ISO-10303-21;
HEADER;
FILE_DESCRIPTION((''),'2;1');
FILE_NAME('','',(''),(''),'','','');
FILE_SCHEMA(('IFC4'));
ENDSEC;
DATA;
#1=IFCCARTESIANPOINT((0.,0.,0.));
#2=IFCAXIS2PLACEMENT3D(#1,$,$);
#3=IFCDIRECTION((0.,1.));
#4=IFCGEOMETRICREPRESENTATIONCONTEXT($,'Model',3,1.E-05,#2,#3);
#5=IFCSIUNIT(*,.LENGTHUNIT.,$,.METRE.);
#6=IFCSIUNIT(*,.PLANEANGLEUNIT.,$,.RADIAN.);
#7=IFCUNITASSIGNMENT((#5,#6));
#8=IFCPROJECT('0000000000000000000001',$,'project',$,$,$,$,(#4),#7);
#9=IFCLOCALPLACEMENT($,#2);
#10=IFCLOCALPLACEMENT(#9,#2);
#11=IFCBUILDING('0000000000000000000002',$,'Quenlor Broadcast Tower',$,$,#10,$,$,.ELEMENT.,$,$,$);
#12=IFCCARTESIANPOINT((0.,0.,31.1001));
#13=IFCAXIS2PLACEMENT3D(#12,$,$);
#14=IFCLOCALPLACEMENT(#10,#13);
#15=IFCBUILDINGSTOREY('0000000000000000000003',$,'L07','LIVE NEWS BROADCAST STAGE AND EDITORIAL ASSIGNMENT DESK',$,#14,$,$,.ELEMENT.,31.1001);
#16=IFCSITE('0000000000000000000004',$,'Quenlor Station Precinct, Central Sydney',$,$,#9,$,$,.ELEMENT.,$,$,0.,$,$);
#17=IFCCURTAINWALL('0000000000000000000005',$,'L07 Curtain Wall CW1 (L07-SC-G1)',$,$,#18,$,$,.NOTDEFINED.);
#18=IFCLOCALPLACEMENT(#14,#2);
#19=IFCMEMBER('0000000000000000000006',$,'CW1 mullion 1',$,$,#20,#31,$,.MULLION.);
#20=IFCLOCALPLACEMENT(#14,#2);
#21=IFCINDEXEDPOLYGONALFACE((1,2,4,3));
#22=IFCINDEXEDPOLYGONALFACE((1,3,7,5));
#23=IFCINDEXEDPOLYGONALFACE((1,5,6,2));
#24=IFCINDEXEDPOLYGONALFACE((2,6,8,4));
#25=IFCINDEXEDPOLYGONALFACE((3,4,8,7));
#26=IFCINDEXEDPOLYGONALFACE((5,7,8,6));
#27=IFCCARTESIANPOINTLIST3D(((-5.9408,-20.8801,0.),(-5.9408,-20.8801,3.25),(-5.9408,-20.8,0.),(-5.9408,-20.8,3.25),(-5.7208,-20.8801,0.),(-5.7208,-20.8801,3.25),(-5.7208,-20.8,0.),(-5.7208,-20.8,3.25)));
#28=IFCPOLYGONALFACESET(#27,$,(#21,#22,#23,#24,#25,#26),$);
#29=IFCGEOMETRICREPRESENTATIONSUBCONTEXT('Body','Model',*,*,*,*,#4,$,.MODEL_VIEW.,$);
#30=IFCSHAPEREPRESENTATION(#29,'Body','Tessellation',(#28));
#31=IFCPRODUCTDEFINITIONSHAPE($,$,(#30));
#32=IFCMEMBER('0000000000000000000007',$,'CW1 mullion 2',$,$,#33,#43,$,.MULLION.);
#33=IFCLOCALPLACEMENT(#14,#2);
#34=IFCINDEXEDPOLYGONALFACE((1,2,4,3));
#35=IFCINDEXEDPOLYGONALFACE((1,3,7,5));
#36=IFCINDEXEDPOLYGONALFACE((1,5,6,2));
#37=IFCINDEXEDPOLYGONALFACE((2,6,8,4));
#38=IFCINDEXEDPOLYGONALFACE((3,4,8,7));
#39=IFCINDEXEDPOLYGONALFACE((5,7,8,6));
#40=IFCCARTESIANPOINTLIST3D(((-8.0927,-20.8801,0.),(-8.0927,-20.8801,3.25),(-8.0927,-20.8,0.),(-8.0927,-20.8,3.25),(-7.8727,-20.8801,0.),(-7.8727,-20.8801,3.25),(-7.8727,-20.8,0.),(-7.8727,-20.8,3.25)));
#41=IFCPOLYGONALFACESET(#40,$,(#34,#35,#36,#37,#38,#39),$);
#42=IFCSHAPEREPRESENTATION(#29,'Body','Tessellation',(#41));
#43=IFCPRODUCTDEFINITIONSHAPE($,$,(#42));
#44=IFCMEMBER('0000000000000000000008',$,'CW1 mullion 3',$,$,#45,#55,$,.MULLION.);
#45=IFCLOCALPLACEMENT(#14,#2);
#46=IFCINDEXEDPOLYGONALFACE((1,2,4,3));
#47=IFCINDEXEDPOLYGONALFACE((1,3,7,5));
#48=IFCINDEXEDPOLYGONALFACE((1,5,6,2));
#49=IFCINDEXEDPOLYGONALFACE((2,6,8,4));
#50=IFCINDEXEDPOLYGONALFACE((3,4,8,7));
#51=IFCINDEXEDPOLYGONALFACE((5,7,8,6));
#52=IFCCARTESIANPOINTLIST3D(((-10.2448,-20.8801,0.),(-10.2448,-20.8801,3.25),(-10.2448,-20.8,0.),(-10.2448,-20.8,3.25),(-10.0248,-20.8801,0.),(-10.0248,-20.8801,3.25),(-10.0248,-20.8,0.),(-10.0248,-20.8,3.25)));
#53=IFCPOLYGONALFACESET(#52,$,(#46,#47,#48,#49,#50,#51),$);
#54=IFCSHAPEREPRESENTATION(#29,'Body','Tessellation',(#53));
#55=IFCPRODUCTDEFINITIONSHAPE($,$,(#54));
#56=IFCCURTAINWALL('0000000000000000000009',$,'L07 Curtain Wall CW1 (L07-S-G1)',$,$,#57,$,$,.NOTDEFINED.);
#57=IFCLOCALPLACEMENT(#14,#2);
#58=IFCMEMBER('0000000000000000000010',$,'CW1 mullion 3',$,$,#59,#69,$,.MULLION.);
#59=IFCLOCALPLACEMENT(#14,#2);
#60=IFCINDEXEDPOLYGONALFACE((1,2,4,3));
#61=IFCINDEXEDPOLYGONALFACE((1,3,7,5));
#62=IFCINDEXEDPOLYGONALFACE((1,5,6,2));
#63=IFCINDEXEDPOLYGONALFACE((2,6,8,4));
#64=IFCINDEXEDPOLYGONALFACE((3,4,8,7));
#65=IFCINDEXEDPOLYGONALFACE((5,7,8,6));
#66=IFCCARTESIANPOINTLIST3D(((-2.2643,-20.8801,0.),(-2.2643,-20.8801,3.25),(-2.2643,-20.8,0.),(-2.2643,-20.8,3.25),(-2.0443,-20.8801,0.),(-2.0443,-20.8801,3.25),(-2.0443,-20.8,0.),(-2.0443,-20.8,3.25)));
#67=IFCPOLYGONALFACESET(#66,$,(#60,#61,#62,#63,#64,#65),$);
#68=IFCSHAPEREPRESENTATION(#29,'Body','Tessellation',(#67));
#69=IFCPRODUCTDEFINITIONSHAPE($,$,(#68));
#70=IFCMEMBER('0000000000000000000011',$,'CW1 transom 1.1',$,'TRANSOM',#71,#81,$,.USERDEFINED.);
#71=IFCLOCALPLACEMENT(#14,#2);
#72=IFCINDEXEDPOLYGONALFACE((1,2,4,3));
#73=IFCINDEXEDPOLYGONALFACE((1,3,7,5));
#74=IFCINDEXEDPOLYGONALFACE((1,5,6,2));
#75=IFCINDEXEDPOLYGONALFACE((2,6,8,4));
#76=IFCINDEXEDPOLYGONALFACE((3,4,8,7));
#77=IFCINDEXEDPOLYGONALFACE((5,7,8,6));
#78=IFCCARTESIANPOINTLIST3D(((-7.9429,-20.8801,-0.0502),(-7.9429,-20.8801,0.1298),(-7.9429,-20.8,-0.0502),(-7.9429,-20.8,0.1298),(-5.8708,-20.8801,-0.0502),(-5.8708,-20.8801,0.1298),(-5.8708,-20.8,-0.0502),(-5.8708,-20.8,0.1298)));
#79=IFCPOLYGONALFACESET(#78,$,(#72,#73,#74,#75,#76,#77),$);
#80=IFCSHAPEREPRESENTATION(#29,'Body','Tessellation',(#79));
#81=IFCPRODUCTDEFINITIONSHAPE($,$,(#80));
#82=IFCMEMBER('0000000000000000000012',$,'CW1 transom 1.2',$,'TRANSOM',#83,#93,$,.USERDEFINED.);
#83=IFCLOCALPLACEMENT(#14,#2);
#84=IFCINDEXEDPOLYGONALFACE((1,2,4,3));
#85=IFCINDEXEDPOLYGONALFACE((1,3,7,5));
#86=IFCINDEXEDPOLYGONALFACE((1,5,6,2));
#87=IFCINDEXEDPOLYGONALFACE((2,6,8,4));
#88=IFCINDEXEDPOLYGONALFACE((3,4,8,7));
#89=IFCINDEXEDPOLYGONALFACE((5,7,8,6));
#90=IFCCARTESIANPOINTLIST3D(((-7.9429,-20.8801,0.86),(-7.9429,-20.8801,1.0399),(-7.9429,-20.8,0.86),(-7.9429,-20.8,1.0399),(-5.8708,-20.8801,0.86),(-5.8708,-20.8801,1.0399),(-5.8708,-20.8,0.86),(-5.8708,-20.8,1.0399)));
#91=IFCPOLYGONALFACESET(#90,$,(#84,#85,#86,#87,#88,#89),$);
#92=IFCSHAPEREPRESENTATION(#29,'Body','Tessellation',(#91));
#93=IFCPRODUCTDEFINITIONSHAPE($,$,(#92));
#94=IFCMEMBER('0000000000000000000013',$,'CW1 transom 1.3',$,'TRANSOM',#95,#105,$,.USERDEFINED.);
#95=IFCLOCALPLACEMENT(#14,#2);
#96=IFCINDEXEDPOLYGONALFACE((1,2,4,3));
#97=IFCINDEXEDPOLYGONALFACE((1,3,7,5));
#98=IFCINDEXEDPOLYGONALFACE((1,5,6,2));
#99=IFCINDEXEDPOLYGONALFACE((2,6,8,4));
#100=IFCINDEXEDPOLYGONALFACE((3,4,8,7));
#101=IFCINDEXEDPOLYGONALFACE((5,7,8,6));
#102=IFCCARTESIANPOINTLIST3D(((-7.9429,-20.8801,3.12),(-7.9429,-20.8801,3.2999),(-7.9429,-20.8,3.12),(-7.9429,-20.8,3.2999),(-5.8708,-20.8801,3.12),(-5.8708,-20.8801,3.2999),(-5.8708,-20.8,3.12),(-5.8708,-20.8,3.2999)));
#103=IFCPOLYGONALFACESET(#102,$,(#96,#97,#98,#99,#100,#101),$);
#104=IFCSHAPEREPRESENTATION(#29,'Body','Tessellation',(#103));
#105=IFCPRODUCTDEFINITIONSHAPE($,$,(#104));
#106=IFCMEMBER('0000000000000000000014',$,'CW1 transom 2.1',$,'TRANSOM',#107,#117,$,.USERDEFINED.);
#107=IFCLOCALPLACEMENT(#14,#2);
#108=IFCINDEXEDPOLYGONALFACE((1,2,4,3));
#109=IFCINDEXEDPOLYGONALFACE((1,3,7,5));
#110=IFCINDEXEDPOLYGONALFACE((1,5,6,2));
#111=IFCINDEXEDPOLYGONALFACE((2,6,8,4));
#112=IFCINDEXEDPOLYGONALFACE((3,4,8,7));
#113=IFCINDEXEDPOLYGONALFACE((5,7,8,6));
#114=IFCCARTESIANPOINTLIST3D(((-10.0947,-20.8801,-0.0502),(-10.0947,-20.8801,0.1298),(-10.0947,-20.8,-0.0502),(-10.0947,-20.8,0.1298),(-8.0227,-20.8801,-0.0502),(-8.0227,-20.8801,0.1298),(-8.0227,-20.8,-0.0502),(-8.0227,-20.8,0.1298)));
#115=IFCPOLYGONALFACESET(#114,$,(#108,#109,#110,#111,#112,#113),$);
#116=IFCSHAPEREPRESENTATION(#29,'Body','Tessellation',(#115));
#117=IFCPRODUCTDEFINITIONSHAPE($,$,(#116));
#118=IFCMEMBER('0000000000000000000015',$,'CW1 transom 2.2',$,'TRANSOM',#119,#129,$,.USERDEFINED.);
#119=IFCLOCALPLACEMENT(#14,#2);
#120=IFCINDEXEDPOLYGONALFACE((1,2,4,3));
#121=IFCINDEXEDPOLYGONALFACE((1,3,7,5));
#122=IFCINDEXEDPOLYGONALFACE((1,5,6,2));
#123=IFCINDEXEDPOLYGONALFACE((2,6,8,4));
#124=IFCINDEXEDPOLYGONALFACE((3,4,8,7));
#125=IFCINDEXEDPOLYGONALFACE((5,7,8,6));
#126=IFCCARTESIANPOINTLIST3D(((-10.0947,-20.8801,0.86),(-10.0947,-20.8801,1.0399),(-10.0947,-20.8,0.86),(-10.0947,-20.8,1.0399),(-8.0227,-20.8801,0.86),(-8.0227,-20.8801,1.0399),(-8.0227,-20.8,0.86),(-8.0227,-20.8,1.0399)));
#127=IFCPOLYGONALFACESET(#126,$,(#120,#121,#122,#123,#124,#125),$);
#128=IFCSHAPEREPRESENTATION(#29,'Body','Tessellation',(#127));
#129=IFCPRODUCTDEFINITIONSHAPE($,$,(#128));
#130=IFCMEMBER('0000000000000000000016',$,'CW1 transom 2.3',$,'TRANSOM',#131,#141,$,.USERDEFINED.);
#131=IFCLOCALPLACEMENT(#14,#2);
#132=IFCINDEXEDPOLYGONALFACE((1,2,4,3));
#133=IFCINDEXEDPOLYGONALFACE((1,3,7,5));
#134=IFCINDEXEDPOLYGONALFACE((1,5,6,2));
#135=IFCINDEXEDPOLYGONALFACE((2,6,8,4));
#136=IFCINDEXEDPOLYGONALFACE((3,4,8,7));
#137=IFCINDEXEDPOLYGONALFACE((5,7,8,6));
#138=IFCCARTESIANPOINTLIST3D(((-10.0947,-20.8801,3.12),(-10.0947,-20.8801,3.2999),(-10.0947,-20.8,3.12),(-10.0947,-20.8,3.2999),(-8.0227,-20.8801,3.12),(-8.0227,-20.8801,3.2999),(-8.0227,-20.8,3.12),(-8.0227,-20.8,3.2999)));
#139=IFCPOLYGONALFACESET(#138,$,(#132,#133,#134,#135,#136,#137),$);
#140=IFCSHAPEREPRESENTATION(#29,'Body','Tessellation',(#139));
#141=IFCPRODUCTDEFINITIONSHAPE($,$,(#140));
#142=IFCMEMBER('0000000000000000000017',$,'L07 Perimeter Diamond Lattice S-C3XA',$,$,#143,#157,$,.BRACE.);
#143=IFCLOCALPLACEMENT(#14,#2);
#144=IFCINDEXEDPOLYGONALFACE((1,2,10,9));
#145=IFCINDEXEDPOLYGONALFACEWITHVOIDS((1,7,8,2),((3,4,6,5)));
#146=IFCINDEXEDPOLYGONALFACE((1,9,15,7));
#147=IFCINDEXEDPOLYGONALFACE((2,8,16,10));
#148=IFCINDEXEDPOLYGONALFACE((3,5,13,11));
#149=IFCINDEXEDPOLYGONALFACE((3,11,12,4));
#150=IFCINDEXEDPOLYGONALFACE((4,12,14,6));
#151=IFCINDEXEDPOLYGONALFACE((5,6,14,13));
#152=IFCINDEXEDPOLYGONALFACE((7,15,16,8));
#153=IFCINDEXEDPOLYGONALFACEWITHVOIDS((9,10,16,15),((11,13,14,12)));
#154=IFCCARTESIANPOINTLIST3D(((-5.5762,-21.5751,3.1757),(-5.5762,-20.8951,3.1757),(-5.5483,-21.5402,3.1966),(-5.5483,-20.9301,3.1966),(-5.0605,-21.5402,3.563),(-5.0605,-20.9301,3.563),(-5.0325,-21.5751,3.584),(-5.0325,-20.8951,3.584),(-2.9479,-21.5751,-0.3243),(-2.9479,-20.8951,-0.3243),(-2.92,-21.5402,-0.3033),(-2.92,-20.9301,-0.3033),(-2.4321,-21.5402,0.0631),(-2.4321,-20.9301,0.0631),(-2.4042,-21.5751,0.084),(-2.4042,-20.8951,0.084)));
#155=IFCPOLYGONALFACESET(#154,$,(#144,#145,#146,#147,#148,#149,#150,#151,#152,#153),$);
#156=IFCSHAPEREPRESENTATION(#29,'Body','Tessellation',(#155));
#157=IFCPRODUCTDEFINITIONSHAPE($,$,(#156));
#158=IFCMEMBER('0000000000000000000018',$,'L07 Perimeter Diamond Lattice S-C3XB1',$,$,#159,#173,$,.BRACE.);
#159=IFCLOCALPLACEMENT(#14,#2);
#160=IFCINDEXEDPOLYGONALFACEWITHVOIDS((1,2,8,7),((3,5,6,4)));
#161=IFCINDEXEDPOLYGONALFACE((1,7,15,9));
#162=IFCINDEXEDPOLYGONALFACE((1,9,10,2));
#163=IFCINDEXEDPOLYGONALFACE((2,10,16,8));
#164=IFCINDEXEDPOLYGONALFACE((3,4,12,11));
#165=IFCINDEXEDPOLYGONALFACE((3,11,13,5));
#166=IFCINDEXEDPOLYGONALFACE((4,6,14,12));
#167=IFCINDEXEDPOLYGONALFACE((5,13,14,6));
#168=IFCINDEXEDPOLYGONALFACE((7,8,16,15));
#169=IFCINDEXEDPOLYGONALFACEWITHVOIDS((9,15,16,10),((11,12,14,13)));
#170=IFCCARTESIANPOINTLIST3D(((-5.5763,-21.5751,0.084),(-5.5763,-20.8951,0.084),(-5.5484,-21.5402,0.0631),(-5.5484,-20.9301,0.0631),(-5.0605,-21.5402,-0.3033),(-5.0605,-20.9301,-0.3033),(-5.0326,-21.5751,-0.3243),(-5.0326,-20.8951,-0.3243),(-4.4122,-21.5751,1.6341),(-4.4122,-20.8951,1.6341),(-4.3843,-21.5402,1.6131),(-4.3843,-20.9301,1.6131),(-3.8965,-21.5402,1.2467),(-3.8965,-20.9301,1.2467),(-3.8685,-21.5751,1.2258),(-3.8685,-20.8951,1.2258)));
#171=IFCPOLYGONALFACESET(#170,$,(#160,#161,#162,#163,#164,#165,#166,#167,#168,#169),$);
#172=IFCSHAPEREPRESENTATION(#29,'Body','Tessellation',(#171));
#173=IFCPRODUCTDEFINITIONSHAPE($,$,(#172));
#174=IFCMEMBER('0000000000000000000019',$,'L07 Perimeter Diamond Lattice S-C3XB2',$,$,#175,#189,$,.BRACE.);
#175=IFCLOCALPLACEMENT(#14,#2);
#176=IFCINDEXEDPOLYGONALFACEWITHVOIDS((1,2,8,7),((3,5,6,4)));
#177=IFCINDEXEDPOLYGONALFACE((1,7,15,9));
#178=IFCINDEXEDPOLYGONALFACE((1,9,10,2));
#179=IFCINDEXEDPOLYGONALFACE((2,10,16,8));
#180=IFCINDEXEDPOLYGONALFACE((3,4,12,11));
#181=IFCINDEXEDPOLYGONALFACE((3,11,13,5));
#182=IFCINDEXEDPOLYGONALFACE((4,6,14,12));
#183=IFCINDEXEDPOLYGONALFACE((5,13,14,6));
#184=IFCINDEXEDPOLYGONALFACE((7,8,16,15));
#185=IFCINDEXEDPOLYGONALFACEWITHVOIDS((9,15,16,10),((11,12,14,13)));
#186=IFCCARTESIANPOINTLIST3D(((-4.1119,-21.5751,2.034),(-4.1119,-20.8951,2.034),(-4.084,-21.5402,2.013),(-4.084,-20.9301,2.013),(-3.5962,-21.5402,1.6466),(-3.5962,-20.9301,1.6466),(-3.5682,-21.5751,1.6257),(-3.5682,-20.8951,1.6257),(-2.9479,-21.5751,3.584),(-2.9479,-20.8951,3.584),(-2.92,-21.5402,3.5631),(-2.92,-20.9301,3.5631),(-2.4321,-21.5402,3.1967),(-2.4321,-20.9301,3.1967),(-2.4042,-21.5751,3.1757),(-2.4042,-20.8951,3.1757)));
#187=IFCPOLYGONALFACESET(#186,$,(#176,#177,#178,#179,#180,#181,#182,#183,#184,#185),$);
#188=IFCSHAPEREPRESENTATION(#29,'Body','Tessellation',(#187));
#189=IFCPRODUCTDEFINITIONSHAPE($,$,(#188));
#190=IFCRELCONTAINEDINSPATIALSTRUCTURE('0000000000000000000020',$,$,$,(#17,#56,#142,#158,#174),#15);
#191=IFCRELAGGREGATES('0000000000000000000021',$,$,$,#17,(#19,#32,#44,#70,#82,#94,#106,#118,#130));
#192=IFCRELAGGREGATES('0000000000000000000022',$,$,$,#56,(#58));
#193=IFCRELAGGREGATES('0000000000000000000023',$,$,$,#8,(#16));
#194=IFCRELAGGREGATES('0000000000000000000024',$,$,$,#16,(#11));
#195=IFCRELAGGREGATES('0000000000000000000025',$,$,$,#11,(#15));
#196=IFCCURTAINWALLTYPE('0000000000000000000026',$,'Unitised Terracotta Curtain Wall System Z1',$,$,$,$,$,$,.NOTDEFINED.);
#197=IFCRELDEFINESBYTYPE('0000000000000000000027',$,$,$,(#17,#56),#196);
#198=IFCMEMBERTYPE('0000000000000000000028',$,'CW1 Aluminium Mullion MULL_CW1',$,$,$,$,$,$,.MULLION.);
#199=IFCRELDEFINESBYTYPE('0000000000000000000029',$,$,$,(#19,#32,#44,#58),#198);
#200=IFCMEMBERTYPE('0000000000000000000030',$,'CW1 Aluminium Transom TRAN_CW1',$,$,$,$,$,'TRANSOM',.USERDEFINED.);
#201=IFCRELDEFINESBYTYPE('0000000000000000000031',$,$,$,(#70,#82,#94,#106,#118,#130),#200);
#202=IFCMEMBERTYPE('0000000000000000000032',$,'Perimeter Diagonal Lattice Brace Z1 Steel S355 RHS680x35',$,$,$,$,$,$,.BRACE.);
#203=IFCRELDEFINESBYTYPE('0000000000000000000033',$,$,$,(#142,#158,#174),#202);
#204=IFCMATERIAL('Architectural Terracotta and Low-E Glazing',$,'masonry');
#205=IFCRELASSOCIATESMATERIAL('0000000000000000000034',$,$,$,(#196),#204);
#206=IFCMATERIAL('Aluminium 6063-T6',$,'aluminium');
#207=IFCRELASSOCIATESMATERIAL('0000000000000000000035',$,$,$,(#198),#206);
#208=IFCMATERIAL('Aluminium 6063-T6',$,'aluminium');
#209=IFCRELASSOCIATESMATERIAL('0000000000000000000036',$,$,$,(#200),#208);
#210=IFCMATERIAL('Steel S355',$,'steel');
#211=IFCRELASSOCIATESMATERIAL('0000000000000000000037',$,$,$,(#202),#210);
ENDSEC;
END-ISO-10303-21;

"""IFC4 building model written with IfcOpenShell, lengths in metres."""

from ifc_helpers import new_model, si_unit, direction, frame, origin, origin_2d, place, context, subcontext, project, spatial, rectangle, hollow_rectangle, extrude, material, material_profile, profile_set, type_object, element, aggregate, save


model = new_model("IFC4")

# Units and contexts
model_context = context("Model", 3, precision=1e-05, world=origin(), true_north=direction((0.0, 1.0)))
body_context = subcontext(model_context, "Body", "Model", "MODEL_VIEW")
ifc_project = project(units=[si_unit("LENGTHUNIT", "METRE"), si_unit("PLANEANGLEUNIT", "RADIAN")], contexts=[model_context])

# Site, building, storey
site_placement = place(None, origin())
site = spatial("IfcSite", under=ifc_project, at=site_placement, Name="Quenlor Station Precinct, Central Sydney", CompositionType="ELEMENT", RefElevation=0.0)
building_placement = place(site_placement, origin())
building = spatial("IfcBuilding", under=site, at=building_placement, Name="Quenlor Broadcast Tower", CompositionType="ELEMENT")
storey_placement = place(building_placement, frame((0.0, 0.0, 31.1001)))
storey = spatial("IfcBuildingStorey", under=building, at=storey_placement, Name="L07", Description="LIVE NEWS BROADCAST STAGE AND EDITORIAL ASSIGNMENT DESK", CompositionType="ELEMENT", Elevation=31.1001)

# Curtain wall, members
ifc_material_1 = material(Name="Architectural Terracotta and Low-E Glazing", Category="masonry")
curtain_wall_type = type_object("IfcCurtainWallType", Name="Unitised Terracotta Curtain Wall System Z1", PredefinedType="NOTDEFINED", material=ifc_material_1)
curtain_wall_1_placement = place(storey_placement, origin())
curtain_wall_1 = element("IfcCurtainWall", 1, at=curtain_wall_1_placement, inside=storey, type_object=curtain_wall_type, Name="L07 Curtain Wall CW1 (L07-SC-G1)", PredefinedType="NOTDEFINED")
ifc_material_2 = material(Name="Aluminium 6063-T6", Category="aluminium")
ifc_material_profile_1 = material_profile(ifc_material_2, rectangle(XDim=0.0801, YDim=0.22, at=origin_2d()))
ifc_profile_set_1 = profile_set([ifc_material_profile_1], Name="Aluminium 6063-T6 MULL80x220")
member_type_1 = type_object("IfcMemberType", Name="CW1 Aluminium Mullion MULL_CW1", PredefinedType="MULLION", material=ifc_profile_set_1)
member_1_placement = place(storey_placement, frame((-5.8308, -20.8401, 0.0), z_axis=(0.0, 0.0, 1.0), x_axis=(0.0, -1.0, 0.0)))
member_1 = element("IfcMember", 2, at=member_1_placement, type_object=member_type_1, Name="CW1 mullion 1", PredefinedType="MULLION", context=body_context, shape_type="SweptSolid", body=[
    extrude(rectangle(XDim=0.0801, YDim=0.22, at=origin_2d()), origin(), (0.0, 0.0, 1.0), 3.25),
])
member_2_placement = place(storey_placement, frame((-7.9827, -20.8401, 0.0), z_axis=(0.0, 0.0, 1.0), x_axis=(0.0, -1.0, 0.0)))
member_2 = element("IfcMember", 3, at=member_2_placement, type_object=member_type_1, Name="CW1 mullion 2", PredefinedType="MULLION", context=body_context, shape_type="SweptSolid", body=[
    extrude(rectangle(XDim=0.0801, YDim=0.22, at=origin_2d()), origin(), (0.0, 0.0, 1.0), 3.25),
])
member_3_placement = place(storey_placement, frame((-10.1348, -20.8401, 0.0), z_axis=(0.0, 0.0, 1.0), x_axis=(0.0, -1.0, 0.0)))
member_3 = element("IfcMember", 4, at=member_3_placement, type_object=member_type_1, Name="CW1 mullion 3", PredefinedType="MULLION", context=body_context, shape_type="SweptSolid", body=[
    extrude(rectangle(XDim=0.0801, YDim=0.22, at=origin_2d()), origin(), (0.0, 0.0, 1.0), 3.25),
])

# Curtain wall, member
curtain_wall_2_placement = place(storey_placement, origin())
curtain_wall_2 = element("IfcCurtainWall", 5, at=curtain_wall_2_placement, inside=storey, type_object=curtain_wall_type, Name="L07 Curtain Wall CW1 (L07-S-G1)", PredefinedType="NOTDEFINED")
member_4_placement = place(storey_placement, frame((-2.1543, -20.8401, 0.0), z_axis=(0.0, 0.0, 1.0), x_axis=(0.0, -1.0, 0.0)))
member_4 = element("IfcMember", 6, at=member_4_placement, type_object=member_type_1, Name="CW1 mullion 3", PredefinedType="MULLION", context=body_context, shape_type="SweptSolid", body=[
    extrude(rectangle(XDim=0.0801, YDim=0.22, at=origin_2d()), origin(), (0.0, 0.0, 1.0), 3.25),
])

# Members
ifc_material_3 = material(Name="Aluminium 6063-T6", Category="aluminium")
ifc_material_profile_2 = material_profile(ifc_material_3, rectangle(XDim=0.0801, YDim=0.1799, at=origin_2d()))
ifc_profile_set_2 = profile_set([ifc_material_profile_2], Name="Aluminium 6063-T6 TRAN80x180")
member_type_2 = type_object("IfcMemberType", Name="CW1 Aluminium Transom TRAN_CW1", ElementType="TRANSOM", PredefinedType="USERDEFINED", material=ifc_profile_set_2)
member_5_placement = place(storey_placement, frame((-5.8708, -20.8401, 0.0398), z_axis=(-1.0, 0.0, 0.0), x_axis=(0.0, -1.0, 0.0)))
member_5 = element("IfcMember", 7, at=member_5_placement, type_object=member_type_2, Name="CW1 transom 1.1", ObjectType="TRANSOM", PredefinedType="USERDEFINED", context=body_context, shape_type="SweptSolid", body=[
    extrude(rectangle(XDim=0.0801, YDim=0.1799, at=origin_2d()), origin(), (0.0, 0.0, 1.0), 2.072),
])
member_6_placement = place(storey_placement, frame((-5.8708, -20.8401, 0.95), z_axis=(-1.0, 0.0, 0.0), x_axis=(0.0, -1.0, 0.0)))
member_6 = element("IfcMember", 8, at=member_6_placement, type_object=member_type_2, Name="CW1 transom 1.2", ObjectType="TRANSOM", PredefinedType="USERDEFINED", context=body_context, shape_type="SweptSolid", body=[
    extrude(rectangle(XDim=0.0801, YDim=0.1799, at=origin_2d()), origin(), (0.0, 0.0, 1.0), 2.072),
])
member_7_placement = place(storey_placement, frame((-5.8708, -20.8401, 3.21), z_axis=(-1.0, 0.0, 0.0), x_axis=(0.0, -1.0, 0.0)))
member_7 = element("IfcMember", 9, at=member_7_placement, type_object=member_type_2, Name="CW1 transom 1.3", ObjectType="TRANSOM", PredefinedType="USERDEFINED", context=body_context, shape_type="SweptSolid", body=[
    extrude(rectangle(XDim=0.0801, YDim=0.1799, at=origin_2d()), origin(), (0.0, 0.0, 1.0), 2.072),
])
member_8_placement = place(storey_placement, frame((-8.0227, -20.8401, 0.0398), z_axis=(-1.0, 0.0, 0.0), x_axis=(0.0, -1.0, 0.0)))
member_8 = element("IfcMember", 10, at=member_8_placement, type_object=member_type_2, Name="CW1 transom 2.1", ObjectType="TRANSOM", PredefinedType="USERDEFINED", context=body_context, shape_type="SweptSolid", body=[
    extrude(rectangle(XDim=0.0801, YDim=0.1799, at=origin_2d()), origin(), (0.0, 0.0, 1.0), 2.072),
])
member_9_placement = place(storey_placement, frame((-8.0227, -20.8401, 0.95), z_axis=(-1.0, 0.0, 0.0), x_axis=(0.0, -1.0, 0.0)))
member_9 = element("IfcMember", 11, at=member_9_placement, type_object=member_type_2, Name="CW1 transom 2.2", ObjectType="TRANSOM", PredefinedType="USERDEFINED", context=body_context, shape_type="SweptSolid", body=[
    extrude(rectangle(XDim=0.0801, YDim=0.1799, at=origin_2d()), origin(), (0.0, 0.0, 1.0), 2.072),
])
member_10_placement = place(storey_placement, frame((-8.0227, -20.8401, 3.21), z_axis=(-1.0, 0.0, 0.0), x_axis=(0.0, -1.0, 0.0)))
member_10 = element("IfcMember", 12, at=member_10_placement, type_object=member_type_2, Name="CW1 transom 2.3", ObjectType="TRANSOM", PredefinedType="USERDEFINED", context=body_context, shape_type="SweptSolid", body=[
    extrude(rectangle(XDim=0.0801, YDim=0.1799, at=origin_2d()), origin(), (0.0, 0.0, 1.0), 2.072),
])

# Members
ifc_material_4 = material(Name="Steel S355", Category="steel")
ifc_material_profile_3 = material_profile(ifc_material_4, hollow_rectangle(XDim=0.6799, YDim=0.6799, WallThickness=0.0349, at=origin_2d()))
ifc_profile_set_3 = profile_set([ifc_material_profile_3], Name="Steel S355 RHS680x680x35")
member_type_3 = type_object("IfcMemberType", Name="Perimeter Diagonal Lattice Brace Z1 Steel S355 RHS680x35", PredefinedType="BRACE", material=ifc_profile_set_3)
member_11_placement = place(storey_placement, frame((-2.676, -21.2351, -0.1201), z_axis=(-0.6005, 0.0, 0.799625), x_axis=(0.0, -1.0, 0.0)))
element("IfcMember", 13, at=member_11_placement, inside=storey, type_object=member_type_3, Name="L07 Perimeter Diamond Lattice S-C3XA", PredefinedType="BRACE", context=body_context, shape_type="SweptSolid", body=[
    extrude(hollow_rectangle(XDim=0.6799, YDim=0.6799, WallThickness=0.0349, at=origin_2d()), origin(), (0.0, 0.0, 1.0), 4.377),
])
for number, where, z_axis, x_axis, name in (
    (14, (-5.3044, -21.2351, -0.1201), (0.600504, 0.0, 0.799622), (0.0, 1.0, 0.0), "L07 Perimeter Diamond Lattice S-C3XB1"),
    (15, (-3.8401, -21.2351, 1.8298), (0.600504, 0.0, 0.799622), (0.0, 1.0, 0.0), "L07 Perimeter Diamond Lattice S-C3XB2"),
):
    element("IfcMember", number, at=place(storey_placement, frame(where, z_axis=z_axis, x_axis=x_axis)), inside=storey, type_object=member_type_3, Name=name, PredefinedType="BRACE", context=body_context, shape_type="SweptSolid", body=[
        extrude(hollow_rectangle(XDim=0.6799, YDim=0.6799, WallThickness=0.0349, at=origin_2d()), origin(), (0.0, 0.0, 1.0), 1.9385),
    ])

aggregate(curtain_wall_1, [member_1, member_2, member_3, member_5, member_6, member_7, member_8, member_9, member_10])
aggregate(curtain_wall_2, [member_4])

save(model, "model.ifc")
